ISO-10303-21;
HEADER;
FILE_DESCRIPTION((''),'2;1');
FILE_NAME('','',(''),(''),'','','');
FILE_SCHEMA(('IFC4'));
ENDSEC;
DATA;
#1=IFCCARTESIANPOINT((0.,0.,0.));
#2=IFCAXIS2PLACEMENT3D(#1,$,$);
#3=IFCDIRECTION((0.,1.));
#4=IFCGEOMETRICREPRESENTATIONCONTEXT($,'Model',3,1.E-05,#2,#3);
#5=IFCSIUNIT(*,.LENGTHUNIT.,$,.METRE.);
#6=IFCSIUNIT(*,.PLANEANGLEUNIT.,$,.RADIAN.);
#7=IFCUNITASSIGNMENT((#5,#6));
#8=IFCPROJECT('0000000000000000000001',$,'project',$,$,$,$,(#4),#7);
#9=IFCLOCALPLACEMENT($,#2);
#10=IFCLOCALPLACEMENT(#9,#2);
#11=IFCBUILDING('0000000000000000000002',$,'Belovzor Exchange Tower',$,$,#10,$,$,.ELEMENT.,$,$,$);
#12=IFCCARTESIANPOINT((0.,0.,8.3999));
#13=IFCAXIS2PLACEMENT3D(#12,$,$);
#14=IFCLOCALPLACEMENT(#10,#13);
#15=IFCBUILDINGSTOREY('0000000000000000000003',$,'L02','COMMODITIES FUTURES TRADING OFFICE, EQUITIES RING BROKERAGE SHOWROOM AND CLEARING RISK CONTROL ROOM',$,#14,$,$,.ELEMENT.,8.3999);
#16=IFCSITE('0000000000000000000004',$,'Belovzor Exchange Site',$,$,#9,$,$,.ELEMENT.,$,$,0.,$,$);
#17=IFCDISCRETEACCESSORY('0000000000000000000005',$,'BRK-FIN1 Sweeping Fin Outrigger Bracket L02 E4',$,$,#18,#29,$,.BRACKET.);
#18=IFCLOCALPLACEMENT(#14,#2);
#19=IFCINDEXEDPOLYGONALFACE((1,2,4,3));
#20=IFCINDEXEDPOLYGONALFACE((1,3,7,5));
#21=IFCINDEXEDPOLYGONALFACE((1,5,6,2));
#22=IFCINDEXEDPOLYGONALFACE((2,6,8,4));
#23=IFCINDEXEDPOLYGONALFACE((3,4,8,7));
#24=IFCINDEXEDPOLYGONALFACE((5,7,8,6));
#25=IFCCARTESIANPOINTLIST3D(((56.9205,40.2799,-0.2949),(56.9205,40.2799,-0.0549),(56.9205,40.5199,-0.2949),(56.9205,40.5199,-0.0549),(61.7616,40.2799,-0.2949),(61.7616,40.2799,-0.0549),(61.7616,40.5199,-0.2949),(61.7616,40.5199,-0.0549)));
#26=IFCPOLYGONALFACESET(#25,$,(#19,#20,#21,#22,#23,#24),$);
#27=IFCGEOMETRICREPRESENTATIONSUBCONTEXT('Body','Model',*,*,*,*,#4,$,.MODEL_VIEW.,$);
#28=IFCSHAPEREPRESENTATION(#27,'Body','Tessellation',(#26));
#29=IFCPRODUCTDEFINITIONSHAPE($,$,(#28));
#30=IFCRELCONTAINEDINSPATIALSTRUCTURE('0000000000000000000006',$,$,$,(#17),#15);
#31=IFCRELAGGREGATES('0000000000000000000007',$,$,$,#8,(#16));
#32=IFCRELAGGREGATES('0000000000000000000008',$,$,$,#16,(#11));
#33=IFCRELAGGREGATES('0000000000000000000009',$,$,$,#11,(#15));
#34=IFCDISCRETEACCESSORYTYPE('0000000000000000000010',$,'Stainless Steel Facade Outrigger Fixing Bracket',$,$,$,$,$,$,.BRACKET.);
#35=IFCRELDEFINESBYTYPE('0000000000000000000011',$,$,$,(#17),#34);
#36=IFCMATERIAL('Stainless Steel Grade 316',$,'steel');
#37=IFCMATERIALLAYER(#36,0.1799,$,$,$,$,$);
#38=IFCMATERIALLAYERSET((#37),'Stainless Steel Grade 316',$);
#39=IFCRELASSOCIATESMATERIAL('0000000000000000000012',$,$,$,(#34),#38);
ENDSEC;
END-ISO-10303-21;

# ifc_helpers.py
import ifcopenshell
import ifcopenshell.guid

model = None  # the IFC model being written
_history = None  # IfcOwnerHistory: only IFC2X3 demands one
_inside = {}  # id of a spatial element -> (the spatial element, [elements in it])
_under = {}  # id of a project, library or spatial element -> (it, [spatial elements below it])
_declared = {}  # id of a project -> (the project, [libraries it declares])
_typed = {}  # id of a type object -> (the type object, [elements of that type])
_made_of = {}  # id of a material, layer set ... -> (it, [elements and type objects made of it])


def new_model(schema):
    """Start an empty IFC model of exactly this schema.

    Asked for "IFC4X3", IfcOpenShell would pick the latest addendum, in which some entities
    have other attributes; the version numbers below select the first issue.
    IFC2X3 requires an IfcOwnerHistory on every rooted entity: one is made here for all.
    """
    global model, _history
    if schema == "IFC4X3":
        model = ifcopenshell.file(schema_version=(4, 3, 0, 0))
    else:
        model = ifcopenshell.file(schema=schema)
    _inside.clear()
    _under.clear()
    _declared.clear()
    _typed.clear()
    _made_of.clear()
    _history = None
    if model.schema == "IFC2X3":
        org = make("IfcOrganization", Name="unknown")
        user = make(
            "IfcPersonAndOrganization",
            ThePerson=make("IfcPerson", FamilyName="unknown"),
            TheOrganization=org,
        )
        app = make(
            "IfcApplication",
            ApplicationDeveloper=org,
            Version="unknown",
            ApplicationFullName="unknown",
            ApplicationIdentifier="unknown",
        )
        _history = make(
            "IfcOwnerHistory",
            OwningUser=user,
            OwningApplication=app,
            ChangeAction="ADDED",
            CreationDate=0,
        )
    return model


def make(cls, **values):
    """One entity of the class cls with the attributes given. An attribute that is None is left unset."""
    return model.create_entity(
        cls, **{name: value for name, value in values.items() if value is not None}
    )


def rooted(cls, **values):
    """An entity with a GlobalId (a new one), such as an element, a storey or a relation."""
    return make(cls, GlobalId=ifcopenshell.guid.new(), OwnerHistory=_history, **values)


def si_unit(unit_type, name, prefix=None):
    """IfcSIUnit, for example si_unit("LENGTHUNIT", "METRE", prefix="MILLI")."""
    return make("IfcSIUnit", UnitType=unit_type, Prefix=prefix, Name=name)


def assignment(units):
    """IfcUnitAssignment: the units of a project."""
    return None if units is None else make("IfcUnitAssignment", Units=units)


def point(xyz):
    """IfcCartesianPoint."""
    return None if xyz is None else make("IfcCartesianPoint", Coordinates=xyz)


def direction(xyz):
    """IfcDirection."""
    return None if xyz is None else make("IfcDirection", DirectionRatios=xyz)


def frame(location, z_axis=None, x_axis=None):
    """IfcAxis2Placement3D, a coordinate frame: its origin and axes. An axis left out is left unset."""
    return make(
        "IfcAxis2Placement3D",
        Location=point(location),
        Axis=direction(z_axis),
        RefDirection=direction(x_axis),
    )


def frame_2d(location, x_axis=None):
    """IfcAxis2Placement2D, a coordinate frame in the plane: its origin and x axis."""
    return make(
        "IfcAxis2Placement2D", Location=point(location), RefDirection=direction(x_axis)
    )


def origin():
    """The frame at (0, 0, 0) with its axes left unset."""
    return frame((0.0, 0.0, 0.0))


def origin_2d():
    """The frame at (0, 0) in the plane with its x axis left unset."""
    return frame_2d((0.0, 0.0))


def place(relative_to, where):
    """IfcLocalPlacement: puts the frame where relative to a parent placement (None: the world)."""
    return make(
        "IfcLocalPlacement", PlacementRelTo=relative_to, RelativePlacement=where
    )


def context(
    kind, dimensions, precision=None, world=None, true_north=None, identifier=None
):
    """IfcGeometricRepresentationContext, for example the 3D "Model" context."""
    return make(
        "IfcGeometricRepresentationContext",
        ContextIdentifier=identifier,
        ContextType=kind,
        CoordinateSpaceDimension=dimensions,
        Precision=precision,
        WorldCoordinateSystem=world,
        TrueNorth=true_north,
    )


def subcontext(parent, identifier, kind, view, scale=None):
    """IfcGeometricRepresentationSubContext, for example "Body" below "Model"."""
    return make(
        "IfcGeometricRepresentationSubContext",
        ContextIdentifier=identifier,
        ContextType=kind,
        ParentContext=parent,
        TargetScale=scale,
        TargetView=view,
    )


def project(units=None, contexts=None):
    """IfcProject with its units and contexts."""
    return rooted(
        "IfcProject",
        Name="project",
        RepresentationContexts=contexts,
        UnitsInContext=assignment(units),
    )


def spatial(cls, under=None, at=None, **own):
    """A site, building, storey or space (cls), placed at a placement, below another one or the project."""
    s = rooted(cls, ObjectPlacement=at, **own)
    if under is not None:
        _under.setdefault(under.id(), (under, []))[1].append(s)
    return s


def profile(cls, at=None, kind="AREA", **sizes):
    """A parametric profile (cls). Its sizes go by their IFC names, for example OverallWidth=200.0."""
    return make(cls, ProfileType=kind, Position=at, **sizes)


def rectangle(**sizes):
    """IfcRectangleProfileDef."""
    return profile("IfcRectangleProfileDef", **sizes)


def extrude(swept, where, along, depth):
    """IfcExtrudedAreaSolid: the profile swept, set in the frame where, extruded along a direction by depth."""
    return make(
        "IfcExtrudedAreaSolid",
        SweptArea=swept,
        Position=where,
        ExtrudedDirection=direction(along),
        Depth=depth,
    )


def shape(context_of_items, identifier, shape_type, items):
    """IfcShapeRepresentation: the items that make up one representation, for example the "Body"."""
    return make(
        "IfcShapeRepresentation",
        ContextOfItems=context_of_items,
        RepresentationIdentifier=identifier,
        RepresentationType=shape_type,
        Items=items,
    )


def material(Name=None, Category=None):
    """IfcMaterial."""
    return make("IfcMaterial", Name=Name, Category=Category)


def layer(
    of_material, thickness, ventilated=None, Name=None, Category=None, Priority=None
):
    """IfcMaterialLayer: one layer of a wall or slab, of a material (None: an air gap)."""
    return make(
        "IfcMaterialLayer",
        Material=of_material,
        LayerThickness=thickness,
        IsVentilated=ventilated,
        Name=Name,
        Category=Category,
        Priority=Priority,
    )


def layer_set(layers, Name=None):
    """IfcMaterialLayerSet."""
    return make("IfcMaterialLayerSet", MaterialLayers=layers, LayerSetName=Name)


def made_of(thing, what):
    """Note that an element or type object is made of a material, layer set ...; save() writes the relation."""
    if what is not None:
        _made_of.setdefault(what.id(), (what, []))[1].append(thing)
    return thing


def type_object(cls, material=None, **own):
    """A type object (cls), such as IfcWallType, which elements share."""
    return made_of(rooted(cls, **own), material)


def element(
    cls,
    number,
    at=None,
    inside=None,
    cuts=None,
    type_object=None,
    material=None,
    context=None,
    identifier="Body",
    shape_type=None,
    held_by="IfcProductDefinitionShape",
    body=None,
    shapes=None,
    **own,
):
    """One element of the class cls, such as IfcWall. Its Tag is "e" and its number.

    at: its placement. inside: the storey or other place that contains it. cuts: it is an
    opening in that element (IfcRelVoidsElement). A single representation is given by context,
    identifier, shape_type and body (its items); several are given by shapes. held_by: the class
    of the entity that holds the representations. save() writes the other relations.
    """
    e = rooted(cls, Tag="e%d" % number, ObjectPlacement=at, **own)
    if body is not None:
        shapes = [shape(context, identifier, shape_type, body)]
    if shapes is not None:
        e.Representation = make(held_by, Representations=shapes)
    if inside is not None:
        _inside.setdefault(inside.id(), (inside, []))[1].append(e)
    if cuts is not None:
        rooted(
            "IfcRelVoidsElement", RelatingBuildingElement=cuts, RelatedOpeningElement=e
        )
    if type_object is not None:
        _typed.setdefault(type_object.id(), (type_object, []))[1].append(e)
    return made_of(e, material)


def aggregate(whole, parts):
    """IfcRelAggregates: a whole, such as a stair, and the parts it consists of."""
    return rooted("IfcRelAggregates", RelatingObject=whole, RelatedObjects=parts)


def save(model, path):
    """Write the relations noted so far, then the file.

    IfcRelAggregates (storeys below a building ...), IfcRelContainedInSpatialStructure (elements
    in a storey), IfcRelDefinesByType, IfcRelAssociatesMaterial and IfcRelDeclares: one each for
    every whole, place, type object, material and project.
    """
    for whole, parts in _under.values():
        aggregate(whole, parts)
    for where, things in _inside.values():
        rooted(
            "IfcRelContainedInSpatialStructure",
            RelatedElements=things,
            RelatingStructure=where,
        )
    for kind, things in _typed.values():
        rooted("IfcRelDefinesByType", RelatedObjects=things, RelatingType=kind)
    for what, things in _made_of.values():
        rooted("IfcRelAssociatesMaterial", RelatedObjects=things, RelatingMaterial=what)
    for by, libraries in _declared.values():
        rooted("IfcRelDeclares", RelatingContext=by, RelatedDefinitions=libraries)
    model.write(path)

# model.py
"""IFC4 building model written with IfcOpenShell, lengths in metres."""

from ifc_helpers import new_model, si_unit, direction, frame, origin, origin_2d, place, context, subcontext, project, spatial, rectangle, extrude, material, layer, layer_set, type_object, element, save


model = new_model("IFC4")

# Units and contexts
model_context = context("Model", 3, precision=1e-05, world=origin(), true_north=direction((0.0, 1.0)))
body_context = subcontext(model_context, "Body", "Model", "MODEL_VIEW")
ifc_project = project(units=[si_unit("LENGTHUNIT", "METRE"), si_unit("PLANEANGLEUNIT", "RADIAN")], contexts=[model_context])

# Site, building, storey
site_placement = place(None, origin())
site = spatial("IfcSite", under=ifc_project, at=site_placement, Name="Belovzor Exchange Site", CompositionType="ELEMENT", RefElevation=0.0)
building_placement = place(site_placement, origin())
building = spatial("IfcBuilding", under=site, at=building_placement, Name="Belovzor Exchange Tower", CompositionType="ELEMENT")
storey_placement = place(building_placement, frame((0.0, 0.0, 8.3999)))
storey = spatial("IfcBuildingStorey", under=building, at=storey_placement, Name="L02", Description="COMMODITIES FUTURES TRADING OFFICE, EQUITIES RING BROKERAGE SHOWROOM AND CLEARING RISK CONTROL ROOM", CompositionType="ELEMENT", Elevation=8.3999)

# Discrete accessory
ifc_material_1 = material(Name="Stainless Steel Grade 316", Category="steel")
ifc_layer_1 = layer(ifc_material_1, 0.1799)
ifc_layer_set_1 = layer_set([ifc_layer_1], Name="Stainless Steel Grade 316")
discrete_accessory_type = type_object("IfcDiscreteAccessoryType", Name="Stainless Steel Facade Outrigger Fixing Bracket", PredefinedType="BRACKET", material=ifc_layer_set_1)
discrete_accessory_placement = place(storey_placement, frame((59.3411, 40.3999, -0.2949), z_axis=(0.0, 0.0, 1.0), x_axis=(1.0, 0.0, 0.0)))
element("IfcDiscreteAccessory", 1, at=discrete_accessory_placement, inside=storey, type_object=discrete_accessory_type, Name="BRK-FIN1 Sweeping Fin Outrigger Bracket L02 E4", PredefinedType="BRACKET", context=body_context, shape_type="SweptSolid", body=[
    extrude(rectangle(XDim=4.8411, YDim=0.24, at=origin_2d()), origin(), (0.0, 0.0, 1.0), 0.24),
])

save(model, "model.ifc")
